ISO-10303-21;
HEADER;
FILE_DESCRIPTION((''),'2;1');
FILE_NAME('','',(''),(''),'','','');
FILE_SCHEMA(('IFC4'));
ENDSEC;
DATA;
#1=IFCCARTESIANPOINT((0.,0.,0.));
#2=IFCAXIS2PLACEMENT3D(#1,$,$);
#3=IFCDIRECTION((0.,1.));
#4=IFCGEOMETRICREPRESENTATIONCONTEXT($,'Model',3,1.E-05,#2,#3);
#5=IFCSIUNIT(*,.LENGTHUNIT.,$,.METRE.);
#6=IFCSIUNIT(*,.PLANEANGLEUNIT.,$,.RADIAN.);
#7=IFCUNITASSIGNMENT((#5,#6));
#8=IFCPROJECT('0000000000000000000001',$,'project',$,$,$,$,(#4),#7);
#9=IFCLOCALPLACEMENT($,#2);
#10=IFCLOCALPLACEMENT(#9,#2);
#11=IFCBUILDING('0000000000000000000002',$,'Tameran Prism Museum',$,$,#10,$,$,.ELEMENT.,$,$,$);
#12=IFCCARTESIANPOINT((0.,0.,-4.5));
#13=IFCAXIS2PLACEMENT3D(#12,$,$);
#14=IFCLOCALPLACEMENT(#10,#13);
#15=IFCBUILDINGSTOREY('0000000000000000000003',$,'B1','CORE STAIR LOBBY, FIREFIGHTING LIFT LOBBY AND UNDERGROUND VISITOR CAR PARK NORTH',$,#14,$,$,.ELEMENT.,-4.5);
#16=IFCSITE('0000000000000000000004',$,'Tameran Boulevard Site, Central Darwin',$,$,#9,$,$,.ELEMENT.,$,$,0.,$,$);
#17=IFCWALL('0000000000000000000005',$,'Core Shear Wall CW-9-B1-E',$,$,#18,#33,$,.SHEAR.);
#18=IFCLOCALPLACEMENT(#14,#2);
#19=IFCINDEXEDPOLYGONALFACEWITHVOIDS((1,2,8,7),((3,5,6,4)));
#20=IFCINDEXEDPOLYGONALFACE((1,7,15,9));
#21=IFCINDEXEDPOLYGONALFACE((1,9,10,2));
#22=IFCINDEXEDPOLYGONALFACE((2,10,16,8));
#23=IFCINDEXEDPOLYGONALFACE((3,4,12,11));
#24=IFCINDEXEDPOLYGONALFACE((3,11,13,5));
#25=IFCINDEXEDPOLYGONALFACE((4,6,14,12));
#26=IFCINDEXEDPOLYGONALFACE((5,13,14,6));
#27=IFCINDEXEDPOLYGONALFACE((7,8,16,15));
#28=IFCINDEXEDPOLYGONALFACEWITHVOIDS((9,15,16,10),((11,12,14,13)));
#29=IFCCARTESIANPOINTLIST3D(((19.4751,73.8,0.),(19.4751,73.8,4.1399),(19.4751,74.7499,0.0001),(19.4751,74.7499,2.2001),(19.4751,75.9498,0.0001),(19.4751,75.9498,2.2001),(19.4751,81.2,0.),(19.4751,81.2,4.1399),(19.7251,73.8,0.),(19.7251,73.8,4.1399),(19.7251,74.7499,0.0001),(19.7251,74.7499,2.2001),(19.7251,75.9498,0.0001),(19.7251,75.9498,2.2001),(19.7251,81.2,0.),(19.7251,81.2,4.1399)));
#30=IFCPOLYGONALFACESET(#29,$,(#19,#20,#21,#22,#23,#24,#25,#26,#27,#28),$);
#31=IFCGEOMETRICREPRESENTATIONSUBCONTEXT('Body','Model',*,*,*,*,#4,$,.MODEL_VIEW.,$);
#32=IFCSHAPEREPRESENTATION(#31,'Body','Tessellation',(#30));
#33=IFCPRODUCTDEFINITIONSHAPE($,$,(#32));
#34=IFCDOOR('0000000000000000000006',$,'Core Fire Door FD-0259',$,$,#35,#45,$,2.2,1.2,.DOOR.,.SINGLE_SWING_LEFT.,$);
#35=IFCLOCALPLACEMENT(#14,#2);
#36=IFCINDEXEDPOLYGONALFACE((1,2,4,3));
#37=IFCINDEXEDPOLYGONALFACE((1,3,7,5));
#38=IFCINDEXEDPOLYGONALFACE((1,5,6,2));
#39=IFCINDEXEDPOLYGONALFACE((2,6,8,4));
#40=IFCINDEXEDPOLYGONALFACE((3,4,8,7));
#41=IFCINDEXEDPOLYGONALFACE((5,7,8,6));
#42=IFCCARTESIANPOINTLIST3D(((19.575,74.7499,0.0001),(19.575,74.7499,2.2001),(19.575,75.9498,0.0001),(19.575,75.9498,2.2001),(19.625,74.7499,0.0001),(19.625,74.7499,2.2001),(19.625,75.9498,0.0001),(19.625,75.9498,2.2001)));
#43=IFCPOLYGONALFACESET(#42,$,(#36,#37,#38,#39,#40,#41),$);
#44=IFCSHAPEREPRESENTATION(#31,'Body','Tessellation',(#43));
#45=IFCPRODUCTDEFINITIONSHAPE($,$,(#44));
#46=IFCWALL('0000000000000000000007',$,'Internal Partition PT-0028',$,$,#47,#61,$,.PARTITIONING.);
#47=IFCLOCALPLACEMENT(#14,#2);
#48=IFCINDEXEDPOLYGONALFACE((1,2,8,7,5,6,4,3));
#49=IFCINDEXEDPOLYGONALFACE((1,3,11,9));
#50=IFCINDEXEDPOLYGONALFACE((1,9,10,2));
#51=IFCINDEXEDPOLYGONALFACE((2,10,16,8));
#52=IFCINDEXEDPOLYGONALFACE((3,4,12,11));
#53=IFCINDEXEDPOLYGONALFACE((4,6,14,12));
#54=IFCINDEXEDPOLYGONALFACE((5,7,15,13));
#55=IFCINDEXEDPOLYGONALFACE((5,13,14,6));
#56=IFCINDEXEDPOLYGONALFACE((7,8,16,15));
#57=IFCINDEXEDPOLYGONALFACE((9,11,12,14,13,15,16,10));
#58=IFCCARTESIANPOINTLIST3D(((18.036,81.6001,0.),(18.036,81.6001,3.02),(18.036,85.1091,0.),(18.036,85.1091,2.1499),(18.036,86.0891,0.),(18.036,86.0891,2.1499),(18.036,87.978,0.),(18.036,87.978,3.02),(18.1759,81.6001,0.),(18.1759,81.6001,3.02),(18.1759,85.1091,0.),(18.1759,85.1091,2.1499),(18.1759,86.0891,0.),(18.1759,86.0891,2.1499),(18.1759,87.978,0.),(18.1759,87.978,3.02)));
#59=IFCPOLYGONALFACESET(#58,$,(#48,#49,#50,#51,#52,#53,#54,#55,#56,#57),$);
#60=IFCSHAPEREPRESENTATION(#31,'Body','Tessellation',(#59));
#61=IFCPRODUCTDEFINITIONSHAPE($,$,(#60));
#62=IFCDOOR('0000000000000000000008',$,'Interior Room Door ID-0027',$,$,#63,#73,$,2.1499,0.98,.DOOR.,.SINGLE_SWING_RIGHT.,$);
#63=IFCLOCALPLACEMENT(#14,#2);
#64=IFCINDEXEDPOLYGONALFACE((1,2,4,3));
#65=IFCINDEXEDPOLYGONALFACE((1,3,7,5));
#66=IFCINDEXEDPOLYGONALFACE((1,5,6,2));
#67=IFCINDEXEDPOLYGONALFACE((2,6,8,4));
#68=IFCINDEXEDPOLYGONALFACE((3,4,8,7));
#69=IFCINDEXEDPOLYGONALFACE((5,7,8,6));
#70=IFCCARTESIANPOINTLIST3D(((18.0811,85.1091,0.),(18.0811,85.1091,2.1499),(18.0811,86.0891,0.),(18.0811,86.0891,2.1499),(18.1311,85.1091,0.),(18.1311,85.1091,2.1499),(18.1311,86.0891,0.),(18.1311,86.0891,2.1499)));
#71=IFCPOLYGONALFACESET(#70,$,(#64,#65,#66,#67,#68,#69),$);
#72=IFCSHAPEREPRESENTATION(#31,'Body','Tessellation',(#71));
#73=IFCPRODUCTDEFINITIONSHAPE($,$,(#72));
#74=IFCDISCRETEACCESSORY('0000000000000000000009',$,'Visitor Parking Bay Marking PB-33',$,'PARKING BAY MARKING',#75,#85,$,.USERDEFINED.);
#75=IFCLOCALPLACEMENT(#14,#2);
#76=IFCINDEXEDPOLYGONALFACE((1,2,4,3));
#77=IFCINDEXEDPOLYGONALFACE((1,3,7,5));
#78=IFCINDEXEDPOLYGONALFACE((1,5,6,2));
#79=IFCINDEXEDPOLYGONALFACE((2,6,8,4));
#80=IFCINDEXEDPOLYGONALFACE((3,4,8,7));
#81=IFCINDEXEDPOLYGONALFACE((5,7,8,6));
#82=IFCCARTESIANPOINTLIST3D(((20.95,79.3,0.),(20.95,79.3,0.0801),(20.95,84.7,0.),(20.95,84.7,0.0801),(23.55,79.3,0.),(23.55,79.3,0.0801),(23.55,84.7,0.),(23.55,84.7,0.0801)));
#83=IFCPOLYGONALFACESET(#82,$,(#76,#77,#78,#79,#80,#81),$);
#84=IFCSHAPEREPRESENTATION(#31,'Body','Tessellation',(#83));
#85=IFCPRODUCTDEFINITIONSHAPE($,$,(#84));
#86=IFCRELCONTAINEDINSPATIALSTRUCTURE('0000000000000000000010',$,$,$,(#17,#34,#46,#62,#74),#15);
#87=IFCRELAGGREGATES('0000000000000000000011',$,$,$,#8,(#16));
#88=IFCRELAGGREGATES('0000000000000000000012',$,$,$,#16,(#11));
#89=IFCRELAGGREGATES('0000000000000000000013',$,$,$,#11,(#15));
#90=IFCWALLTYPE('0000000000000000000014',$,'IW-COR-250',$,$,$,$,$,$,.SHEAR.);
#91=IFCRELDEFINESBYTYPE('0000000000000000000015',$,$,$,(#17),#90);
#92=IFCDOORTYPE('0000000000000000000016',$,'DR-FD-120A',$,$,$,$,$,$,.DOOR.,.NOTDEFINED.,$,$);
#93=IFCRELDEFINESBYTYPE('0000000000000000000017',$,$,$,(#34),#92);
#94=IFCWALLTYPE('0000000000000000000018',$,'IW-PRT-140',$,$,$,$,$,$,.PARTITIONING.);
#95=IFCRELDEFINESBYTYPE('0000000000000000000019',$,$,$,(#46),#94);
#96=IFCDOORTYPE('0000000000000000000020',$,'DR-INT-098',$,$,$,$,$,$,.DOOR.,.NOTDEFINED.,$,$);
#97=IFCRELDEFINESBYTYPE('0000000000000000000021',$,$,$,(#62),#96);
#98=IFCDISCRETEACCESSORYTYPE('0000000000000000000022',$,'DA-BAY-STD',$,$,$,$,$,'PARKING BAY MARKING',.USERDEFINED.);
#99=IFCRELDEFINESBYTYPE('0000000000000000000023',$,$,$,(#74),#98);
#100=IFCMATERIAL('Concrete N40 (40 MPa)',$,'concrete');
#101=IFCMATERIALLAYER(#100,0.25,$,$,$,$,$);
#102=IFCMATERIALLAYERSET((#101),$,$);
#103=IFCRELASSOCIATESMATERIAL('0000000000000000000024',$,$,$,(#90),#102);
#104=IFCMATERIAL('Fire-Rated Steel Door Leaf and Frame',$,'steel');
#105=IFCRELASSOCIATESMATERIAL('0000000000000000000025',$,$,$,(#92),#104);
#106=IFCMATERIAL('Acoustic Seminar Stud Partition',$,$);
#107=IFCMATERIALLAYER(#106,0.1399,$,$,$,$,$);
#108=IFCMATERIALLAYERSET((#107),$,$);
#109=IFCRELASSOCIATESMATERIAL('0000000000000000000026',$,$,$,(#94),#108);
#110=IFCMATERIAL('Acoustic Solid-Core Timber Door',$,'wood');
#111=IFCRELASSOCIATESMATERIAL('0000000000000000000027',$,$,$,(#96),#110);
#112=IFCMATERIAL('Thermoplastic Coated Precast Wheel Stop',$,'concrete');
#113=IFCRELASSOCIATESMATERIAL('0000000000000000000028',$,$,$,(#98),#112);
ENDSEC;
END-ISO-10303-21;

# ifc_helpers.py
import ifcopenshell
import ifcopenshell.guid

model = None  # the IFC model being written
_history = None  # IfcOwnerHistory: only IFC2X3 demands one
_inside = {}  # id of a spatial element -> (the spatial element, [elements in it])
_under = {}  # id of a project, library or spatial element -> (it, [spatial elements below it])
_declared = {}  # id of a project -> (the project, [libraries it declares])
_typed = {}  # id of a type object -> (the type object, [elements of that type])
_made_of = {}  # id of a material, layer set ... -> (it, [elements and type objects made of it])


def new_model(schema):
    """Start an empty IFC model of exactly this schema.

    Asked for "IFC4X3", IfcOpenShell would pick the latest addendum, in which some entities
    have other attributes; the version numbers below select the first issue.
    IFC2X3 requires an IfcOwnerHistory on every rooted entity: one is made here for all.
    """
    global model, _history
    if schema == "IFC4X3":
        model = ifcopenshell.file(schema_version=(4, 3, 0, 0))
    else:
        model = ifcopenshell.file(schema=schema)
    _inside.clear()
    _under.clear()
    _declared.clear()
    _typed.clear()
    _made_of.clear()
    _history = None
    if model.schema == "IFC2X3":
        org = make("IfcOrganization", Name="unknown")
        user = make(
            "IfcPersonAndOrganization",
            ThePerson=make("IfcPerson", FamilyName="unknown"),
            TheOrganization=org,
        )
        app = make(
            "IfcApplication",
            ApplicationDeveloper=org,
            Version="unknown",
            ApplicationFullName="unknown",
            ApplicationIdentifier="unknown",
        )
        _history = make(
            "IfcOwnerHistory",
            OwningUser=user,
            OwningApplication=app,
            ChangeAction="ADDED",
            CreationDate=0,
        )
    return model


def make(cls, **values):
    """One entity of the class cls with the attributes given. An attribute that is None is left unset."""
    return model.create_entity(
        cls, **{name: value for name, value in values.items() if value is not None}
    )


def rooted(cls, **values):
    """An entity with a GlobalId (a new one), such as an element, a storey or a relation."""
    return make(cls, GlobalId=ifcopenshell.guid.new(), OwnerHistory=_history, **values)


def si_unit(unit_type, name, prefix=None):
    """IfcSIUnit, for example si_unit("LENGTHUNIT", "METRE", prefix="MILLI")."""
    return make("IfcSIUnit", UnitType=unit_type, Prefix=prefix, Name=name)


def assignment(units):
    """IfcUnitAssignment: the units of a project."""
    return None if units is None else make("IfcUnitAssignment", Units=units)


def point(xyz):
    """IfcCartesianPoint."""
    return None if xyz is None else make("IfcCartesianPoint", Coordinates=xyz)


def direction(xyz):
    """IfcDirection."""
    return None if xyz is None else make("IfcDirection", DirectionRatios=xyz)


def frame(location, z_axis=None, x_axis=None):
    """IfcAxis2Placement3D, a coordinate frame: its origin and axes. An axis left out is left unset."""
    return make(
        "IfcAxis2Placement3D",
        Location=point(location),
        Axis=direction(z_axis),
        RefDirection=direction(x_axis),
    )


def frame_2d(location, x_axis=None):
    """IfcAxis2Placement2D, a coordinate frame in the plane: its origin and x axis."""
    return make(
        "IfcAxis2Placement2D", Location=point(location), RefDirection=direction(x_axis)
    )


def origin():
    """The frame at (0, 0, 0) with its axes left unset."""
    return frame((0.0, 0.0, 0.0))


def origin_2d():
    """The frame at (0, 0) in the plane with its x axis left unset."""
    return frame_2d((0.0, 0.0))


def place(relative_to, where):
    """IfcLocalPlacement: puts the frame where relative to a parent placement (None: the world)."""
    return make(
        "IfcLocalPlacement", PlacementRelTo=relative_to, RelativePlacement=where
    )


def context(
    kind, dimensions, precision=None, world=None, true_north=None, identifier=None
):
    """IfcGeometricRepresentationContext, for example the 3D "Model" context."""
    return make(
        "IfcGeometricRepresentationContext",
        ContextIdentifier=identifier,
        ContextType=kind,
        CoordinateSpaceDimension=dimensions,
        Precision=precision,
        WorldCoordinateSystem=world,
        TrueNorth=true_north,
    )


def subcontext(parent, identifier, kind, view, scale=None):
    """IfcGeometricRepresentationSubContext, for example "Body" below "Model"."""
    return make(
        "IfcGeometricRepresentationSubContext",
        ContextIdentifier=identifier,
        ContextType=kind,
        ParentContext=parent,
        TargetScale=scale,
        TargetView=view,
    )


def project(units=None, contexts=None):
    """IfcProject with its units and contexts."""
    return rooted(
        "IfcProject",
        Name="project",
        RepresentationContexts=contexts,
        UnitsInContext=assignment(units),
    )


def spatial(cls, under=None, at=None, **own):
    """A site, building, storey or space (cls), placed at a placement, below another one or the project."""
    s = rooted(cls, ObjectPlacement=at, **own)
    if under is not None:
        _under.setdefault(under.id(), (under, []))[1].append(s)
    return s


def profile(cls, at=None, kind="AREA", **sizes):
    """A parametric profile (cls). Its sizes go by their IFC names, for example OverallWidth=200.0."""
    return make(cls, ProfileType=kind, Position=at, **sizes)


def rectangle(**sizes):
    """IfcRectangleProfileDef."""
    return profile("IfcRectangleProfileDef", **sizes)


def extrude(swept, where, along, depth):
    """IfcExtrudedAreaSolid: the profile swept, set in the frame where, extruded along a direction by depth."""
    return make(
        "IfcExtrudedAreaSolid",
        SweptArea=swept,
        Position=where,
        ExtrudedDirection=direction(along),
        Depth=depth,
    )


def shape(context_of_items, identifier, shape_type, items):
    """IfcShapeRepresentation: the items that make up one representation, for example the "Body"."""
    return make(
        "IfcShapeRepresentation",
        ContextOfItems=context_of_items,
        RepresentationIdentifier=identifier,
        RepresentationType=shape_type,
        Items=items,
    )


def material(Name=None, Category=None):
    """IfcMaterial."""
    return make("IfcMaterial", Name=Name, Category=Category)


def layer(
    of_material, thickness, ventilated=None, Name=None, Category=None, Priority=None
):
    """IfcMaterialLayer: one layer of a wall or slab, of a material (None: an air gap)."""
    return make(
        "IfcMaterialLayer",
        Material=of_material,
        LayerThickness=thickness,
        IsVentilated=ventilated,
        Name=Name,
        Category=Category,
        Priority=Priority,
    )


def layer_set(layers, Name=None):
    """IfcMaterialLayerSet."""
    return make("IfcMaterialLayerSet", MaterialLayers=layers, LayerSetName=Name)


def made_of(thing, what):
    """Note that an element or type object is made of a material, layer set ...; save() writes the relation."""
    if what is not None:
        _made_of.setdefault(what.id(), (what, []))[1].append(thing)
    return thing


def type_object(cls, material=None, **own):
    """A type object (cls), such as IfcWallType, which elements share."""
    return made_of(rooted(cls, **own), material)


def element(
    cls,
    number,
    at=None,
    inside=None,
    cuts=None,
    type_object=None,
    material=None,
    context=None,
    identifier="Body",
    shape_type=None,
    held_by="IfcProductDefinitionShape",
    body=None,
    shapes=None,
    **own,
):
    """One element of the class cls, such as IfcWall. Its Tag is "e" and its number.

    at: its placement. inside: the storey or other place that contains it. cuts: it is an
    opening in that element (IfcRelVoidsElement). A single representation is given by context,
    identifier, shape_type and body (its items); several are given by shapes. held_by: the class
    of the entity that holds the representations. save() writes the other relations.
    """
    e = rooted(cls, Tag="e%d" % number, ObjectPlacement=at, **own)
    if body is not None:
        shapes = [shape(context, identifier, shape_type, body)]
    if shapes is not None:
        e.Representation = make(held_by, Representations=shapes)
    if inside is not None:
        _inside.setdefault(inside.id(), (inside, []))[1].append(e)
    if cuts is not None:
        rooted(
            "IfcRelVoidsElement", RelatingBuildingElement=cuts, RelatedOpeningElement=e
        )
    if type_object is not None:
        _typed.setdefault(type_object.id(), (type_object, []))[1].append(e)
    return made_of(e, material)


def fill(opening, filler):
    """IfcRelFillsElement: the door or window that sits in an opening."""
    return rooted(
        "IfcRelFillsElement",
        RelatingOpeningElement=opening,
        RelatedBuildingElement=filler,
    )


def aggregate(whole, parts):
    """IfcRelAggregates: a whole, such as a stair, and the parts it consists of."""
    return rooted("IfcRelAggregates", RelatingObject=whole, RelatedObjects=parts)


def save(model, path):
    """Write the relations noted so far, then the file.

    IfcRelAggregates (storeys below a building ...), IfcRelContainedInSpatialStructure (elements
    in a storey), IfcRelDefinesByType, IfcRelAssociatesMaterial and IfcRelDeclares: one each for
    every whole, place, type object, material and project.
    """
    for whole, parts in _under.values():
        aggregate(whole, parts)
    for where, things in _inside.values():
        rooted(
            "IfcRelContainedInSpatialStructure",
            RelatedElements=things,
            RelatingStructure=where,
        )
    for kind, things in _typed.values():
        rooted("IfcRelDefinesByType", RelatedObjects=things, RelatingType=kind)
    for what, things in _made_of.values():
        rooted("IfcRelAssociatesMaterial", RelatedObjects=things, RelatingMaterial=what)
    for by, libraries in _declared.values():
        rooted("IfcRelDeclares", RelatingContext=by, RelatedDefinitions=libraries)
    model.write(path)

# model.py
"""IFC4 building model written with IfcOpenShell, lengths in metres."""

from ifc_helpers import new_model, si_unit, direction, frame, frame_2d, origin, origin_2d, place, context, subcontext, project, spatial, rectangle, extrude, material, layer, layer_set, type_object, element, fill, save


model = new_model("IFC4")

# Units and contexts
model_context = context("Model", 3, precision=1e-05, world=origin(), true_north=direction((0.0, 1.0)))
body_context = subcontext(model_context, "Body", "Model", "MODEL_VIEW")
ifc_project = project(units=[si_unit("LENGTHUNIT", "METRE"), si_unit("PLANEANGLEUNIT", "RADIAN")], contexts=[model_context])

# Site, building, storey
site_placement = place(None, origin())
site = spatial("IfcSite", under=ifc_project, at=site_placement, Name="Tameran Boulevard Site, Central Darwin", CompositionType="ELEMENT", RefElevation=0.0)
building_placement = place(site_placement, origin())
building = spatial("IfcBuilding", under=site, at=building_placement, Name="Tameran Prism Museum", CompositionType="ELEMENT")
storey_placement = place(building_placement, frame((0.0, 0.0, -4.5)))
storey = spatial("IfcBuildingStorey", under=building, at=storey_placement, Name="B1", Description="CORE STAIR LOBBY, FIREFIGHTING LIFT LOBBY AND UNDERGROUND VISITOR CAR PARK NORTH", CompositionType="ELEMENT", Elevation=-4.5)

# Walls, openings, doors
ifc_material_1 = material(Name="Concrete N40 (40 MPa)", Category="concrete")
ifc_layer_1 = layer(ifc_material_1, 0.25)
ifc_layer_set_1 = layer_set([ifc_layer_1])
wall_type_1 = type_object("IfcWallType", Name="IW-COR-250", PredefinedType="SHEAR", material=ifc_layer_set_1)
wall_1_placement = place(storey_placement, frame((19.6001, 81.2, 0.0), z_axis=(0.0, 0.0, 1.0), x_axis=(0.0, -1.0, 0.0)))
wall_1 = element("IfcWall", 1, at=wall_1_placement, inside=storey, type_object=wall_type_1, Name="Core Shear Wall CW-9-B1-E", PredefinedType="SHEAR", context=body_context, shape_type="SweptSolid", body=[
    extrude(rectangle(XDim=7.3999, YDim=0.25, at=frame_2d((3.7, 0.0))), origin(), (0.0, 0.0, 1.0), 4.1399),
])
opening_1_placement = place(wall_1_placement, frame((5.25, 0.0, 0.0)))
opening_1 = element("IfcOpeningElement", 2, at=opening_1_placement, cuts=wall_1, PredefinedType="OPENING", context=body_context, shape_type="SweptSolid", body=[
    extrude(rectangle(XDim=1.2, YDim=2.2, at=frame_2d((0.6001, 1.1001))), frame((0.0, 0.135, 0.0), z_axis=(0.0, -1.0, 0.0), x_axis=(1.0, 0.0, 0.0)), (0.0, 0.0, 1.0), 0.27),
])
ifc_material_2 = material(Name="Fire-Rated Steel Door Leaf and Frame", Category="steel")
door_type_1 = type_object("IfcDoorType", Name="DR-FD-120A", OperationType="NOTDEFINED", PredefinedType="DOOR", material=ifc_material_2)
door_1_placement = place(opening_1_placement, origin())
door_1 = element("IfcDoor", 3, at=door_1_placement, inside=storey, type_object=door_type_1, Name="Core Fire Door FD-0259", OperationType="SINGLE_SWING_LEFT", OverallHeight=2.2, OverallWidth=1.2, PredefinedType="DOOR", context=body_context, shape_type="SweptSolid", body=[
    extrude(rectangle(XDim=1.2, YDim=2.2, at=frame_2d((0.6001, 1.1001))), frame((0.0, 0.0249, 0.0), z_axis=(0.0, -1.0, 0.0), x_axis=(1.0, 0.0, 0.0)), (0.0, 0.0, 1.0), 0.05),
])
fill(opening_1, door_1)
ifc_material_3 = material(Name="Acoustic Seminar Stud Partition")
ifc_layer_2 = layer(ifc_material_3, 0.1399)
ifc_layer_set_2 = layer_set([ifc_layer_2])
wall_type_2 = type_object("IfcWallType", Name="IW-PRT-140", PredefinedType="PARTITIONING", material=ifc_layer_set_2)
wall_2_placement = place(storey_placement, frame((18.106, 81.6001, 0.0), z_axis=(0.0, 0.0, 1.0), x_axis=(0.0, 1.0, 0.0)))
wall_2 = element("IfcWall", 4, at=wall_2_placement, inside=storey, type_object=wall_type_2, Name="Internal Partition PT-0028", PredefinedType="PARTITIONING", context=body_context, shape_type="SweptSolid", body=[
    extrude(rectangle(XDim=6.3779, YDim=0.1399, at=frame_2d((3.189, 0.0))), origin(), (0.0, 0.0, 1.0), 3.02),
])
opening_2_placement = place(wall_2_placement, frame((3.509, 0.0, 0.0)))
opening_2 = element("IfcOpeningElement", 5, at=opening_2_placement, cuts=wall_2, PredefinedType="OPENING", context=body_context, shape_type="SweptSolid", body=[
    extrude(rectangle(XDim=0.98, YDim=2.1499, at=frame_2d((0.49, 1.075))), frame((0.0, 0.0798, 0.0), z_axis=(0.0, -1.0, 0.0), x_axis=(1.0, 0.0, 0.0)), (0.0, 0.0, 1.0), 0.1599),
])
ifc_material_4 = material(Name="Acoustic Solid-Core Timber Door", Category="wood")
door_type_2 = type_object("IfcDoorType", Name="DR-INT-098", OperationType="NOTDEFINED", PredefinedType="DOOR", material=ifc_material_4)
door_2_placement = place(opening_2_placement, origin())
door_2 = element("IfcDoor", 6, at=door_2_placement, inside=storey, type_object=door_type_2, Name="Interior Room Door ID-0027", OperationType="SINGLE_SWING_RIGHT", OverallHeight=2.1499, OverallWidth=0.98, PredefinedType="DOOR", context=body_context, shape_type="SweptSolid", body=[
    extrude(rectangle(XDim=0.98, YDim=2.1499, at=frame_2d((0.49, 1.075))), frame((0.0, 0.0249, 0.0), z_axis=(0.0, -1.0, 0.0), x_axis=(1.0, 0.0, 0.0)), (0.0, 0.0, 1.0), 0.05),
])
fill(opening_2, door_2)

# Discrete accessory
ifc_material_5 = material(Name="Thermoplastic Coated Precast Wheel Stop", Category="concrete")
discrete_accessory_type = type_object("IfcDiscreteAccessoryType", Name="DA-BAY-STD", ElementType="PARKING BAY MARKING", PredefinedType="USERDEFINED", material=ifc_material_5)
discrete_accessory_placement = place(storey_placement, frame((22.25, 82.0, 0.0), z_axis=(0.0, 0.0, 1.0), x_axis=(1.0, 0.0, 0.0)))
element("IfcDiscreteAccessory", 7, at=discrete_accessory_placement, inside=storey, type_object=discrete_accessory_type, Name="Visitor Parking Bay Marking PB-33", ObjectType="PARKING BAY MARKING", PredefinedType="USERDEFINED", context=body_context, shape_type="SweptSolid", body=[
    extrude(rectangle(XDim=2.6001, YDim=5.3999, at=origin_2d()), origin(), (0.0, 0.0, 1.0), 0.0801),
])

save(model, "model.ifc")
